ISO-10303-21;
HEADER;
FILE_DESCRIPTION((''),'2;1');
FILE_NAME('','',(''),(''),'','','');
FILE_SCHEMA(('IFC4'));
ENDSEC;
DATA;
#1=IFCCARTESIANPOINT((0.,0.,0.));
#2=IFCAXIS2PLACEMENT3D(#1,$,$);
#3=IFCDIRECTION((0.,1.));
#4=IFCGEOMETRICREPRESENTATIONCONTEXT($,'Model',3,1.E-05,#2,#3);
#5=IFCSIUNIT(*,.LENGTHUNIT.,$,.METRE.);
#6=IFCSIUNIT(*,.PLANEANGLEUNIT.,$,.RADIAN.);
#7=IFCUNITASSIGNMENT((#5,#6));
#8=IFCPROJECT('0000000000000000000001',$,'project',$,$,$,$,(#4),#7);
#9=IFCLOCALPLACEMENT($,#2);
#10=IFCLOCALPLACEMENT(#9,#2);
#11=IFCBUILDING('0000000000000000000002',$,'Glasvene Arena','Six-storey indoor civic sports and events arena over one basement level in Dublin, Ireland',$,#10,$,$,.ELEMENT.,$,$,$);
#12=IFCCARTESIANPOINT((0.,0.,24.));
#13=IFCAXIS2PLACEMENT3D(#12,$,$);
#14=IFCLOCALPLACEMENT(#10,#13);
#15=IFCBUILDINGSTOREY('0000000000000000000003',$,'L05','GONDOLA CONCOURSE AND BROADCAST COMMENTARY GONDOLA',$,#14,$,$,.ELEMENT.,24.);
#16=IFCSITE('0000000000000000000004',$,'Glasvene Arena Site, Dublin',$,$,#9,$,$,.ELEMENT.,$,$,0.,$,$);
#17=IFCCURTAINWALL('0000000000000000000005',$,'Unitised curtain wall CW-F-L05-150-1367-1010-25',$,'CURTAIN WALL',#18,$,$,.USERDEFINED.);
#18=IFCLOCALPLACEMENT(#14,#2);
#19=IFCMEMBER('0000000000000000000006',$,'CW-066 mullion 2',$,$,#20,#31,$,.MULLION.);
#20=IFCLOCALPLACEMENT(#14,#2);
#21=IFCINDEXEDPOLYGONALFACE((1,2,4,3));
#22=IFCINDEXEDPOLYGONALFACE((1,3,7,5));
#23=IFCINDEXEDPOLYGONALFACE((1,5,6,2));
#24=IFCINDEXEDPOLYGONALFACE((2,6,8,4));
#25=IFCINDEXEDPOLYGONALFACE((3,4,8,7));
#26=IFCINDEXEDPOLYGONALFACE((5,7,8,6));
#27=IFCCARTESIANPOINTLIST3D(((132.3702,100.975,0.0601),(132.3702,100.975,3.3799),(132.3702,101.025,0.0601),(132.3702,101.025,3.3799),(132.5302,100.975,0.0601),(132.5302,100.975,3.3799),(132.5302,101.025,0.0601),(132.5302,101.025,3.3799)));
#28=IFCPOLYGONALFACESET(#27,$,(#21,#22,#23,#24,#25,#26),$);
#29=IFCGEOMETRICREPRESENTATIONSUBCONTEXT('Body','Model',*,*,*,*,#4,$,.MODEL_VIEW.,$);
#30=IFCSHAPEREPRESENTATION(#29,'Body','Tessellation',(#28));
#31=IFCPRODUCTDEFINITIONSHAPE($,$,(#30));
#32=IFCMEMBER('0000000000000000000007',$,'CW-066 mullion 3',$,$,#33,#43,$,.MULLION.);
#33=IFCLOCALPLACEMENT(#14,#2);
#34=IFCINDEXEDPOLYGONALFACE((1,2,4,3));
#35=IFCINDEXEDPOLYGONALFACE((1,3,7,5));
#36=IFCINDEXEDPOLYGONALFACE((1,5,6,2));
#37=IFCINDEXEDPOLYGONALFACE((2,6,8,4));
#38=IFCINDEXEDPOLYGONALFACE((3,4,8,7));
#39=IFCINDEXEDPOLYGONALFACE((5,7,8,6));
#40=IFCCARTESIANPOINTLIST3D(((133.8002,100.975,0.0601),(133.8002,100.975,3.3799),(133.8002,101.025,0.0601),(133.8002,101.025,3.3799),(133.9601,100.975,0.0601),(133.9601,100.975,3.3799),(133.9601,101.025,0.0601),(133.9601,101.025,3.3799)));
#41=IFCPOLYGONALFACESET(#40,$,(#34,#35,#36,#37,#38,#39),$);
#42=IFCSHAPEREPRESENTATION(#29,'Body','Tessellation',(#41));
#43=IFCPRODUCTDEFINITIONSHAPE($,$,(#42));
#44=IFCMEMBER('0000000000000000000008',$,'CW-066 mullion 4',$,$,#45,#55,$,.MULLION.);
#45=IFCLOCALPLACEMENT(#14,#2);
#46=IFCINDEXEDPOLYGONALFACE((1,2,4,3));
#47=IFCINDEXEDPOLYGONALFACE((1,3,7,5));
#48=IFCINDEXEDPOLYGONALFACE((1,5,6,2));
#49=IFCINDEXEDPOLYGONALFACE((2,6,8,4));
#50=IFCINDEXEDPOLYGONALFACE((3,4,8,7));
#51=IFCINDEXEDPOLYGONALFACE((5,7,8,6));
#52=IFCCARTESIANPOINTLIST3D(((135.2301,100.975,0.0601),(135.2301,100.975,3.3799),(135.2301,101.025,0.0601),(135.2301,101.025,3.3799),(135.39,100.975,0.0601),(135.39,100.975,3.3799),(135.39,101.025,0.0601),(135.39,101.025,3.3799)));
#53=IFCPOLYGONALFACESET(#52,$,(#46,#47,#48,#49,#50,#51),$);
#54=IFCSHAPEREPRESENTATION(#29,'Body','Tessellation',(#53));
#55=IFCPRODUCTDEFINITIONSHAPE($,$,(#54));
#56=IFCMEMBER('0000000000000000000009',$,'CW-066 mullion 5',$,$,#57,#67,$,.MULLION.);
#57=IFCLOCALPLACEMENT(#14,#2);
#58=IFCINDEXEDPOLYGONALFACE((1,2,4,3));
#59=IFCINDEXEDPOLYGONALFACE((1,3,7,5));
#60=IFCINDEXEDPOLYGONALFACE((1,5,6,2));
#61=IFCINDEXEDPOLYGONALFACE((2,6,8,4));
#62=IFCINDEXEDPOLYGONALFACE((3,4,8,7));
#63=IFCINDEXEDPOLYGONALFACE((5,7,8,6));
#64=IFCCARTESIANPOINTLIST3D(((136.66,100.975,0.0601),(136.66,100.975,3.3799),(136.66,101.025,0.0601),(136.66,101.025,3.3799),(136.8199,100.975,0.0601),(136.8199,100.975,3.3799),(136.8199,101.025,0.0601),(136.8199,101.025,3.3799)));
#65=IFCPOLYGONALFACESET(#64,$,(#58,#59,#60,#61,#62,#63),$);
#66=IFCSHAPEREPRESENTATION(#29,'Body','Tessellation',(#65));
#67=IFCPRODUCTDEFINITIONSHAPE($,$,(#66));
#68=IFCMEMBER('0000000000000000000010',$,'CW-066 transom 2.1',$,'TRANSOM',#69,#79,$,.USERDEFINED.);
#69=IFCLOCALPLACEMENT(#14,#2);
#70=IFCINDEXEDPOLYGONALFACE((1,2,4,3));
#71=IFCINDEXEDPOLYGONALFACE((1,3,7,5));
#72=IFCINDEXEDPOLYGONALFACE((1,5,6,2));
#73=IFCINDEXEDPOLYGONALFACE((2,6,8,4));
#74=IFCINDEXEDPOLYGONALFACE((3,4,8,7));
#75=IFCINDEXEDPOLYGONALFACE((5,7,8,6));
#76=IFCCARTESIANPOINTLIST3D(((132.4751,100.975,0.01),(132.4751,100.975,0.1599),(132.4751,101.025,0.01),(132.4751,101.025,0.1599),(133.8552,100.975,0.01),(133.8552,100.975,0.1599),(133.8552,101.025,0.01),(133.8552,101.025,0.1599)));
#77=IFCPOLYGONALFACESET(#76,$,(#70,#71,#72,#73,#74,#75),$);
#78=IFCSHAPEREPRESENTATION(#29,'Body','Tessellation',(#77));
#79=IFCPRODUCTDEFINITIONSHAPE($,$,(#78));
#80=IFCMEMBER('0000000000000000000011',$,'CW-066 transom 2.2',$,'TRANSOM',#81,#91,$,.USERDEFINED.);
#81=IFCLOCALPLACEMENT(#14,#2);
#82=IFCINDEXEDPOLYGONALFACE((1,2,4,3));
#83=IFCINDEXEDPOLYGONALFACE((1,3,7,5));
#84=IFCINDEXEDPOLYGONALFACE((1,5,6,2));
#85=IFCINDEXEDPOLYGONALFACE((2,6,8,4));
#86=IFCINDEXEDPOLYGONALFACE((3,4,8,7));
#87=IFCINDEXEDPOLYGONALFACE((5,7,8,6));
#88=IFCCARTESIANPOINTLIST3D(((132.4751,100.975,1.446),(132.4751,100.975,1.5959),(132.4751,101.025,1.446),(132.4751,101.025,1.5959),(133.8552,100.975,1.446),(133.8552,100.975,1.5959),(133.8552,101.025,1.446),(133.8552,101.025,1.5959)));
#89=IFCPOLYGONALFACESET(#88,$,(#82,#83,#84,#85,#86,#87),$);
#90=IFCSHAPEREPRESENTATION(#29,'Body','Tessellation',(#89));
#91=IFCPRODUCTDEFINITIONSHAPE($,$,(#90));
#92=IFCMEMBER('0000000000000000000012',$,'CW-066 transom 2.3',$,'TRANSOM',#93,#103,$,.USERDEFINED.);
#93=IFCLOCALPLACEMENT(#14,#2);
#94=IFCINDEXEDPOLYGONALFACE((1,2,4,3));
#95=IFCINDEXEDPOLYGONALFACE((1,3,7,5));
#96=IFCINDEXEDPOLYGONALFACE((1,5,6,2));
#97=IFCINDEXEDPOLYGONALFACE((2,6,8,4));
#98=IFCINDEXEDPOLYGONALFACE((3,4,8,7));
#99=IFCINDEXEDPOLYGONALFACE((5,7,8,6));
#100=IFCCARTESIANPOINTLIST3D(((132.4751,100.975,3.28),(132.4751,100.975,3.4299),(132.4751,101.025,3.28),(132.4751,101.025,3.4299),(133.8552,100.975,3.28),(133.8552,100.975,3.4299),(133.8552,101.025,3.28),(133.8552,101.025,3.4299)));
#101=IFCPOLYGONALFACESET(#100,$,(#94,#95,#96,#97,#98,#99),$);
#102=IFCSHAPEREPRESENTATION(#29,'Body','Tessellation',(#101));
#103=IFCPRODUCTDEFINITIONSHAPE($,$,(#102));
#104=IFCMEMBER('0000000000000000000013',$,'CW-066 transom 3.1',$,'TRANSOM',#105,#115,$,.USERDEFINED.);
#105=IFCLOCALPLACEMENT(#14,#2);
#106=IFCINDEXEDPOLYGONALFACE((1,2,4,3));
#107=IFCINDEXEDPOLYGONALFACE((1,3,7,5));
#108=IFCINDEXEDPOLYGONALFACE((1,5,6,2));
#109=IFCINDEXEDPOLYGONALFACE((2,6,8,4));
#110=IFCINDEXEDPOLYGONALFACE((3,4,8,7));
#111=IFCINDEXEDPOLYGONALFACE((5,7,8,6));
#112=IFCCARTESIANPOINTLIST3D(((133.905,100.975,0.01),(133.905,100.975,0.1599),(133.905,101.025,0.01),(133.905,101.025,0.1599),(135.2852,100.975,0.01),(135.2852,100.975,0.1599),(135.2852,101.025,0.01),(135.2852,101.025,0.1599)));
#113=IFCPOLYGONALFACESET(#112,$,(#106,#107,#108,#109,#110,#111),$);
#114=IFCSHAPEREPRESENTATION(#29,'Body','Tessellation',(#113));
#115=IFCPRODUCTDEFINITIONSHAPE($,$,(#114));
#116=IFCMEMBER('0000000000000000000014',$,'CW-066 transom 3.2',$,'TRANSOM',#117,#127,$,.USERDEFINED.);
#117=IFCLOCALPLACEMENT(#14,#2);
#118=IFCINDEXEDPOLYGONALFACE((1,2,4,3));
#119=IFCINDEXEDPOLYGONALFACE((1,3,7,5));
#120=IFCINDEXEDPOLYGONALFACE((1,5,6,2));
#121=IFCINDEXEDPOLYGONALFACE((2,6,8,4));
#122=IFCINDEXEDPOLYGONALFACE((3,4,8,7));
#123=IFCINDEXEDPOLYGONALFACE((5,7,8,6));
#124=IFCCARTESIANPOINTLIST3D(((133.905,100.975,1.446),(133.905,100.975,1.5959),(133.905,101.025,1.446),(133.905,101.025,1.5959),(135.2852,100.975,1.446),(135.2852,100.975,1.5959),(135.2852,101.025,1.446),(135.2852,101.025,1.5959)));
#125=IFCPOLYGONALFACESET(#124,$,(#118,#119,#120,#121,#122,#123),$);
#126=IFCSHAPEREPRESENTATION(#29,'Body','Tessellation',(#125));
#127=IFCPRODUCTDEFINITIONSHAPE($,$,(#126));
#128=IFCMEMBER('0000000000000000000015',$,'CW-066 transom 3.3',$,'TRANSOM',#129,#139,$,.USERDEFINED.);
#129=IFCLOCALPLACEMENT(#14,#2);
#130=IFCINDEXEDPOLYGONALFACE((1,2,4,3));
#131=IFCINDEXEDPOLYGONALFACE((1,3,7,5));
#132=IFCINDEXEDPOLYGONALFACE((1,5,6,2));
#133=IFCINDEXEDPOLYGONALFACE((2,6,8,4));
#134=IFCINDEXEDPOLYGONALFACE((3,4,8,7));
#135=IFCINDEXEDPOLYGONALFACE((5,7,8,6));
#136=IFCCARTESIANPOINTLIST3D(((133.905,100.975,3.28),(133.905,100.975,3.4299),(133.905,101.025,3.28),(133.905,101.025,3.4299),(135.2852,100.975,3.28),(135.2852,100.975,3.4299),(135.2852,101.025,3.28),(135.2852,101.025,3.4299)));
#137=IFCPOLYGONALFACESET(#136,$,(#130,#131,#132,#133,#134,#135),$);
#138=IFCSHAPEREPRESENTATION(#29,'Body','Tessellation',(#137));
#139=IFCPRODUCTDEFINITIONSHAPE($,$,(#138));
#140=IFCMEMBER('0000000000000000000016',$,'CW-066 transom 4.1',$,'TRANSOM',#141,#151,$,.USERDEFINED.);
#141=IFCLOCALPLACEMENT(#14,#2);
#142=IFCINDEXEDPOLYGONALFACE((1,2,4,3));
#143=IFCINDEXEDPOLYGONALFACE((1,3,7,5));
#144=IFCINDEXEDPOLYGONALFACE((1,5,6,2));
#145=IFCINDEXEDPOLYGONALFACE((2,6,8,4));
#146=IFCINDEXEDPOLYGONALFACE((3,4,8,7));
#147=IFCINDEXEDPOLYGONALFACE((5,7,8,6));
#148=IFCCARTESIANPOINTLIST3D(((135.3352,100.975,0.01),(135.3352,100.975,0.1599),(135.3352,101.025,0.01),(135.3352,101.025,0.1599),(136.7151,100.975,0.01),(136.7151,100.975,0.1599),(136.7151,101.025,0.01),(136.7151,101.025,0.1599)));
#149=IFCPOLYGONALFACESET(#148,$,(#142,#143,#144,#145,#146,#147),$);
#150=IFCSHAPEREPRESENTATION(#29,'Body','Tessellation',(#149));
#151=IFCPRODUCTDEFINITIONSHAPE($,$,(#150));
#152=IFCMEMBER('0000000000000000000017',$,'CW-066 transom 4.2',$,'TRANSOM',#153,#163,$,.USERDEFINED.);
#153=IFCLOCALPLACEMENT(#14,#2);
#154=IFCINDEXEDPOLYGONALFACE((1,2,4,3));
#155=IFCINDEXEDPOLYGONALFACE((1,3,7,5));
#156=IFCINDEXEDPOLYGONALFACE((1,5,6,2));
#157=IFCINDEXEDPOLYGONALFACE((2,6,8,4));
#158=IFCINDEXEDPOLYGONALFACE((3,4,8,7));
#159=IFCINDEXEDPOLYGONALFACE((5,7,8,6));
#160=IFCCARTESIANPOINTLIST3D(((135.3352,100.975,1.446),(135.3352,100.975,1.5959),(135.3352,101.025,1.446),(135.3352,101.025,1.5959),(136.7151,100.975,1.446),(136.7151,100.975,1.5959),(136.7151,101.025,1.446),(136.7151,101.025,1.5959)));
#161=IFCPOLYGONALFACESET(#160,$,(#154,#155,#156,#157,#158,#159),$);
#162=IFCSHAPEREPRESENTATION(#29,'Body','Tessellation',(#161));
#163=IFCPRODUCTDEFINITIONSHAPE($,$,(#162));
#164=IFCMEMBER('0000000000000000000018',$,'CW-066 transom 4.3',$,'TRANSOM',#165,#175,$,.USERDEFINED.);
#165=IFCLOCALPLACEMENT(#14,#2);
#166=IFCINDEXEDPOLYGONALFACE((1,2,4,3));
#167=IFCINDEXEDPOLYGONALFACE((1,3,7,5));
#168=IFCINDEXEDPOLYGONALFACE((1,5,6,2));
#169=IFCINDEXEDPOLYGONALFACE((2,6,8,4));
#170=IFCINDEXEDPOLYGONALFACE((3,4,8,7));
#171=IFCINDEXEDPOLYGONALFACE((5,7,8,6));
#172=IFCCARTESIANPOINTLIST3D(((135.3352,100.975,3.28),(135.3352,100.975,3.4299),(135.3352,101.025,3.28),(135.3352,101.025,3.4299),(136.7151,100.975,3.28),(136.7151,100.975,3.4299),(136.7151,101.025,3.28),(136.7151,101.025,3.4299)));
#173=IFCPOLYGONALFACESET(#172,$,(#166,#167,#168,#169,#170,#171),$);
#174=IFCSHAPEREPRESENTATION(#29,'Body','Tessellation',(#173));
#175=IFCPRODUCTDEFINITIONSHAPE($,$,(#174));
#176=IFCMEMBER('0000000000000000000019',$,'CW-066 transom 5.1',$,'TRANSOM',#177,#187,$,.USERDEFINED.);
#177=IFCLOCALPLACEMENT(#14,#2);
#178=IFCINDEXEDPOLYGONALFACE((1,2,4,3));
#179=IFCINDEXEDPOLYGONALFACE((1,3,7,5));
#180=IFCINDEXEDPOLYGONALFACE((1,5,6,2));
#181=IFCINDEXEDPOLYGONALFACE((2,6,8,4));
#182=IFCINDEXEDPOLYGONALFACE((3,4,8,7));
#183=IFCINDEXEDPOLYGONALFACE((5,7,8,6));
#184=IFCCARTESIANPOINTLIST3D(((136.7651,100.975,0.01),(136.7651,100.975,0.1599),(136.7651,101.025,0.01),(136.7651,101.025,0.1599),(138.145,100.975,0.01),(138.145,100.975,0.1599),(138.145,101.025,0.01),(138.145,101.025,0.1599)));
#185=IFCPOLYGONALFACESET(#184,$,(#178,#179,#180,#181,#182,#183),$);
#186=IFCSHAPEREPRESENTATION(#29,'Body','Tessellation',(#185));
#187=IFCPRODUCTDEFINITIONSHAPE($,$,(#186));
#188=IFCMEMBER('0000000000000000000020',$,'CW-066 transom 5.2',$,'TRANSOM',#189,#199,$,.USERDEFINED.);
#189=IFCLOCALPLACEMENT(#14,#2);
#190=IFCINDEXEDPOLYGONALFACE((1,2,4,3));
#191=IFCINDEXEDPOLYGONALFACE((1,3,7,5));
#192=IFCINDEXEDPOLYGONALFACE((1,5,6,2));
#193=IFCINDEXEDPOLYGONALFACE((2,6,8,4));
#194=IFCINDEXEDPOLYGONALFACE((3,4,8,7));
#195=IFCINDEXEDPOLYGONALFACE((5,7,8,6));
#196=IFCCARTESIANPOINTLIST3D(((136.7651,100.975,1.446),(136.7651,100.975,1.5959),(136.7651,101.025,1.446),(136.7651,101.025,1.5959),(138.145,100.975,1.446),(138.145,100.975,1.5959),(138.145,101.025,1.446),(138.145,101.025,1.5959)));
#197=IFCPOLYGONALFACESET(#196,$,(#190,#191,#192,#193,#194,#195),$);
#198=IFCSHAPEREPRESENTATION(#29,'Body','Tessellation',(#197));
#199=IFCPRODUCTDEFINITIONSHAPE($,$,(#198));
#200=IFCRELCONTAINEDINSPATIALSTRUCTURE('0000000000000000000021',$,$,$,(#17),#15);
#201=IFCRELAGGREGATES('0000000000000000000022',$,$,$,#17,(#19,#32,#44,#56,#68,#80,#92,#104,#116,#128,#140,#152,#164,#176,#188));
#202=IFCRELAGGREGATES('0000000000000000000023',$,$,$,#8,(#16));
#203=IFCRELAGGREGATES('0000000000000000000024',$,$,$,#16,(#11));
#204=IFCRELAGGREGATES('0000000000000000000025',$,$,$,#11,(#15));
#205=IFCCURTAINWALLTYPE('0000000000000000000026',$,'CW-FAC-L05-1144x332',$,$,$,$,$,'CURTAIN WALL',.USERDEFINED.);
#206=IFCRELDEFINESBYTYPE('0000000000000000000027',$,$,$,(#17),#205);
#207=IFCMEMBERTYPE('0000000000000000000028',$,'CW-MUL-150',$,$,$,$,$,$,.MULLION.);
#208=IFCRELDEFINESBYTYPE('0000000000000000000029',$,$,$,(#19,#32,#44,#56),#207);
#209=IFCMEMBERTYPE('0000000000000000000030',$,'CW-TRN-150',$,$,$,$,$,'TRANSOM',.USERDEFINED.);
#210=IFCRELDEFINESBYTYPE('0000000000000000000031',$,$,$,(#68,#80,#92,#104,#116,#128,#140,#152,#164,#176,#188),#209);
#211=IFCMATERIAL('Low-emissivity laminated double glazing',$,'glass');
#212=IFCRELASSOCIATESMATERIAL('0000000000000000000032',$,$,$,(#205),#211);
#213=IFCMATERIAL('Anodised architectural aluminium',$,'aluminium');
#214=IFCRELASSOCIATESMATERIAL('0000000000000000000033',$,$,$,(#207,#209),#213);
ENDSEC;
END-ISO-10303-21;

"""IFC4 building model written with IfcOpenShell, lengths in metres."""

from ifc_helpers import new_model, si_unit, direction, frame, origin, origin_2d, place, context, subcontext, project, spatial, rectangle, extrude, material, material_profile, profile_set, type_object, element, aggregate, save


model = new_model("IFC4")

# Units and contexts
model_context = context("Model", 3, precision=1e-05, world=origin(), true_north=direction((0.0, 1.0)))
body_context = subcontext(model_context, "Body", "Model", "MODEL_VIEW")
ifc_project = project(units=[si_unit("LENGTHUNIT", "METRE"), si_unit("PLANEANGLEUNIT", "RADIAN")], contexts=[model_context])

# Site, building, storey
site_placement = place(None, origin())
site = spatial("IfcSite", under=ifc_project, at=site_placement, Name="Glasvene Arena Site, Dublin", CompositionType="ELEMENT", RefElevation=0.0)
building_placement = place(site_placement, origin())
building = spatial("IfcBuilding", under=site, at=building_placement, Name="Glasvene Arena", Description="Six-storey indoor civic sports and events arena over one basement level in Dublin, Ireland", CompositionType="ELEMENT")
storey_placement = place(building_placement, frame((0.0, 0.0, 24.0)))
storey = spatial("IfcBuildingStorey", under=building, at=storey_placement, Name="L05", Description="GONDOLA CONCOURSE AND BROADCAST COMMENTARY GONDOLA", CompositionType="ELEMENT", Elevation=24.0)

# Curtain wall, members
ifc_material_1 = material(Name="Low-emissivity laminated double glazing", Category="glass")
curtain_wall_type = type_object("IfcCurtainWallType", Name="CW-FAC-L05-1144x332", ElementType="CURTAIN WALL", PredefinedType="USERDEFINED", material=ifc_material_1)
curtain_wall_placement = place(storey_placement, frame((131.0203, 101.0, 0.0)))
curtain_wall = element("IfcCurtainWall", 1, at=curtain_wall_placement, inside=storey, type_object=curtain_wall_type, Name="Unitised curtain wall CW-F-L05-150-1367-1010-25", ObjectType="CURTAIN WALL", PredefinedType="USERDEFINED")
ifc_material_2 = material(Name="Anodised architectural aluminium", Category="aluminium")
ifc_material_profile_1 = material_profile(ifc_material_2, rectangle(XDim=0.05, YDim=0.1599, at=origin_2d()), Name="ALU MULLION 50x160")
ifc_profile_set_1 = profile_set([ifc_material_profile_1], Name="Anodised architectural aluminium")
member_type_1 = type_object("IfcMemberType", Name="CW-MUL-150", PredefinedType="MULLION", material=ifc_profile_set_1)
member_1_placement = place(storey_placement, frame((132.4502, 101.0, 0.0601), z_axis=(0.0, 0.0, 1.0), x_axis=(0.0, 1.0, 0.0)))
member_1 = element("IfcMember", 2, at=member_1_placement, type_object=member_type_1, Name="CW-066 mullion 2", PredefinedType="MULLION", context=body_context, shape_type="SweptSolid", body=[
    extrude(rectangle(XDim=0.05, YDim=0.1599, at=origin_2d()), origin(), (0.0, 0.0, 1.0), 3.3198),
])
member_2_placement = place(storey_placement, frame((133.8801, 101.0, 0.0601), z_axis=(0.0, 0.0, 1.0), x_axis=(0.0, 1.0, 0.0)))
member_2 = element("IfcMember", 3, at=member_2_placement, type_object=member_type_1, Name="CW-066 mullion 3", PredefinedType="MULLION", context=body_context, shape_type="SweptSolid", body=[
    extrude(rectangle(XDim=0.05, YDim=0.1599, at=origin_2d()), origin(), (0.0, 0.0, 1.0), 3.3198),
])
member_3_placement = place(storey_placement, frame((135.3101, 101.0, 0.0601), z_axis=(0.0, 0.0, 1.0), x_axis=(0.0, 1.0, 0.0)))
member_3 = element("IfcMember", 4, at=member_3_placement, type_object=member_type_1, Name="CW-066 mullion 4", PredefinedType="MULLION", context=body_context, shape_type="SweptSolid", body=[
    extrude(rectangle(XDim=0.05, YDim=0.1599, at=origin_2d()), origin(), (0.0, 0.0, 1.0), 3.3198),
])
member_4_placement = place(storey_placement, frame((136.74, 101.0, 0.0601), z_axis=(0.0, 0.0, 1.0), x_axis=(0.0, 1.0, 0.0)))
member_4 = element("IfcMember", 5, at=member_4_placement, type_object=member_type_1, Name="CW-066 mullion 5", PredefinedType="MULLION", context=body_context, shape_type="SweptSolid", body=[
    extrude(rectangle(XDim=0.05, YDim=0.1599, at=origin_2d()), origin(), (0.0, 0.0, 1.0), 3.3198),
])
ifc_material_profile_2 = material_profile(ifc_material_2, rectangle(XDim=0.05, YDim=0.1499, at=origin_2d()), Name="ALU TRANSOM 50x150")
ifc_profile_set_2 = profile_set([ifc_material_profile_2], Name="Anodised architectural aluminium")
member_type_2 = type_object("IfcMemberType", Name="CW-TRN-150", ElementType="TRANSOM", PredefinedType="USERDEFINED", material=ifc_profile_set_2)
member_5_placement = place(storey_placement, frame((132.4751, 101.0, 0.085), z_axis=(1.0, 0.0, 0.0), x_axis=(0.0, 1.0, 0.0)))
member_5 = element("IfcMember", 6, at=member_5_placement, type_object=member_type_2, Name="CW-066 transom 2.1", ObjectType="TRANSOM", PredefinedType="USERDEFINED", context=body_context, shape_type="SweptSolid", body=[
    extrude(rectangle(XDim=0.05, YDim=0.1499, at=origin_2d()), origin(), (0.0, 0.0, 1.0), 1.3801),
])
member_6_placement = place(storey_placement, frame((132.4751, 101.0, 1.521), z_axis=(1.0, 0.0, 0.0), x_axis=(0.0, 1.0, 0.0)))
member_6 = element("IfcMember", 7, at=member_6_placement, type_object=member_type_2, Name="CW-066 transom 2.2", ObjectType="TRANSOM", PredefinedType="USERDEFINED", context=body_context, shape_type="SweptSolid", body=[
    extrude(rectangle(XDim=0.05, YDim=0.1499, at=origin_2d()), origin(), (0.0, 0.0, 1.0), 1.3801),
])
member_7_placement = place(storey_placement, frame((132.4751, 101.0, 3.355), z_axis=(1.0, 0.0, 0.0), x_axis=(0.0, 1.0, 0.0)))
member_7 = element("IfcMember", 8, at=member_7_placement, type_object=member_type_2, Name="CW-066 transom 2.3", ObjectType="TRANSOM", PredefinedType="USERDEFINED", context=body_context, shape_type="SweptSolid", body=[
    extrude(rectangle(XDim=0.05, YDim=0.1499, at=origin_2d()), origin(), (0.0, 0.0, 1.0), 1.3801),
])
member_8_placement = place(storey_placement, frame((133.905, 101.0, 0.085), z_axis=(1.0, 0.0, 0.0), x_axis=(0.0, 1.0, 0.0)))
member_8 = element("IfcMember", 9, at=member_8_placement, type_object=member_type_2, Name="CW-066 transom 3.1", ObjectType="TRANSOM", PredefinedType="USERDEFINED", context=body_context, shape_type="SweptSolid", body=[
    extrude(rectangle(XDim=0.05, YDim=0.1499, at=origin_2d()), origin(), (0.0, 0.0, 1.0), 1.3801),
])
member_9_placement = place(storey_placement, frame((133.905, 101.0, 1.521), z_axis=(1.0, 0.0, 0.0), x_axis=(0.0, 1.0, 0.0)))
member_9 = element("IfcMember", 10, at=member_9_placement, type_object=member_type_2, Name="CW-066 transom 3.2", ObjectType="TRANSOM", PredefinedType="USERDEFINED", context=body_context, shape_type="SweptSolid", body=[
    extrude(rectangle(XDim=0.05, YDim=0.1499, at=origin_2d()), origin(), (0.0, 0.0, 1.0), 1.3801),
])
member_10_placement = place(storey_placement, frame((133.905, 101.0, 3.355), z_axis=(1.0, 0.0, 0.0), x_axis=(0.0, 1.0, 0.0)))
member_10 = element("IfcMember", 11, at=member_10_placement, type_object=member_type_2, Name="CW-066 transom 3.3", ObjectType="TRANSOM", PredefinedType="USERDEFINED", context=body_context, shape_type="SweptSolid", body=[
    extrude(rectangle(XDim=0.05, YDim=0.1499, at=origin_2d()), origin(), (0.0, 0.0, 1.0), 1.3801),
])
member_11_placement = place(storey_placement, frame((135.3352, 101.0, 0.085), z_axis=(1.0, 0.0, 0.0), x_axis=(0.0, 1.0, 0.0)))
member_11 = element("IfcMember", 12, at=member_11_placement, type_object=member_type_2, Name="CW-066 transom 4.1", ObjectType="TRANSOM", PredefinedType="USERDEFINED", context=body_context, shape_type="SweptSolid", body=[
    extrude(rectangle(XDim=0.05, YDim=0.1499, at=origin_2d()), origin(), (0.0, 0.0, 1.0), 1.3799),
])
member_12_placement = place(storey_placement, frame((135.3352, 101.0, 1.521), z_axis=(1.0, 0.0, 0.0), x_axis=(0.0, 1.0, 0.0)))
member_12 = element("IfcMember", 13, at=member_12_placement, type_object=member_type_2, Name="CW-066 transom 4.2", ObjectType="TRANSOM", PredefinedType="USERDEFINED", context=body_context, shape_type="SweptSolid", body=[
    extrude(rectangle(XDim=0.05, YDim=0.1499, at=origin_2d()), origin(), (0.0, 0.0, 1.0), 1.3799),
])
member_13_placement = place(storey_placement, frame((135.3352, 101.0, 3.355), z_axis=(1.0, 0.0, 0.0), x_axis=(0.0, 1.0, 0.0)))
member_13 = element("IfcMember", 14, at=member_13_placement, type_object=member_type_2, Name="CW-066 transom 4.3", ObjectType="TRANSOM", PredefinedType="USERDEFINED", context=body_context, shape_type="SweptSolid", body=[
    extrude(rectangle(XDim=0.05, YDim=0.1499, at=origin_2d()), origin(), (0.0, 0.0, 1.0), 1.3799),
])
member_14_placement = place(storey_placement, frame((136.7651, 101.0, 0.085), z_axis=(1.0, 0.0, 0.0), x_axis=(0.0, 1.0, 0.0)))
member_14 = element("IfcMember", 15, at=member_14_placement, type_object=member_type_2, Name="CW-066 transom 5.1", ObjectType="TRANSOM", PredefinedType="USERDEFINED", context=body_context, shape_type="SweptSolid", body=[
    extrude(rectangle(XDim=0.05, YDim=0.1499, at=origin_2d()), origin(), (0.0, 0.0, 1.0), 1.3799),
])
member_15_placement = place(storey_placement, frame((136.7651, 101.0, 1.521), z_axis=(1.0, 0.0, 0.0), x_axis=(0.0, 1.0, 0.0)))
member_15 = element("IfcMember", 16, at=member_15_placement, type_object=member_type_2, Name="CW-066 transom 5.2", ObjectType="TRANSOM", PredefinedType="USERDEFINED", context=body_context, shape_type="SweptSolid", body=[
    extrude(rectangle(XDim=0.05, YDim=0.1499, at=origin_2d()), origin(), (0.0, 0.0, 1.0), 1.3799),
])
aggregate(curtain_wall, [member_1, member_2, member_3, member_4, member_5, member_6, member_7, member_8, member_9, member_10, member_11, member_12, member_13, member_14, member_15])

save(model, "model.ifc")
